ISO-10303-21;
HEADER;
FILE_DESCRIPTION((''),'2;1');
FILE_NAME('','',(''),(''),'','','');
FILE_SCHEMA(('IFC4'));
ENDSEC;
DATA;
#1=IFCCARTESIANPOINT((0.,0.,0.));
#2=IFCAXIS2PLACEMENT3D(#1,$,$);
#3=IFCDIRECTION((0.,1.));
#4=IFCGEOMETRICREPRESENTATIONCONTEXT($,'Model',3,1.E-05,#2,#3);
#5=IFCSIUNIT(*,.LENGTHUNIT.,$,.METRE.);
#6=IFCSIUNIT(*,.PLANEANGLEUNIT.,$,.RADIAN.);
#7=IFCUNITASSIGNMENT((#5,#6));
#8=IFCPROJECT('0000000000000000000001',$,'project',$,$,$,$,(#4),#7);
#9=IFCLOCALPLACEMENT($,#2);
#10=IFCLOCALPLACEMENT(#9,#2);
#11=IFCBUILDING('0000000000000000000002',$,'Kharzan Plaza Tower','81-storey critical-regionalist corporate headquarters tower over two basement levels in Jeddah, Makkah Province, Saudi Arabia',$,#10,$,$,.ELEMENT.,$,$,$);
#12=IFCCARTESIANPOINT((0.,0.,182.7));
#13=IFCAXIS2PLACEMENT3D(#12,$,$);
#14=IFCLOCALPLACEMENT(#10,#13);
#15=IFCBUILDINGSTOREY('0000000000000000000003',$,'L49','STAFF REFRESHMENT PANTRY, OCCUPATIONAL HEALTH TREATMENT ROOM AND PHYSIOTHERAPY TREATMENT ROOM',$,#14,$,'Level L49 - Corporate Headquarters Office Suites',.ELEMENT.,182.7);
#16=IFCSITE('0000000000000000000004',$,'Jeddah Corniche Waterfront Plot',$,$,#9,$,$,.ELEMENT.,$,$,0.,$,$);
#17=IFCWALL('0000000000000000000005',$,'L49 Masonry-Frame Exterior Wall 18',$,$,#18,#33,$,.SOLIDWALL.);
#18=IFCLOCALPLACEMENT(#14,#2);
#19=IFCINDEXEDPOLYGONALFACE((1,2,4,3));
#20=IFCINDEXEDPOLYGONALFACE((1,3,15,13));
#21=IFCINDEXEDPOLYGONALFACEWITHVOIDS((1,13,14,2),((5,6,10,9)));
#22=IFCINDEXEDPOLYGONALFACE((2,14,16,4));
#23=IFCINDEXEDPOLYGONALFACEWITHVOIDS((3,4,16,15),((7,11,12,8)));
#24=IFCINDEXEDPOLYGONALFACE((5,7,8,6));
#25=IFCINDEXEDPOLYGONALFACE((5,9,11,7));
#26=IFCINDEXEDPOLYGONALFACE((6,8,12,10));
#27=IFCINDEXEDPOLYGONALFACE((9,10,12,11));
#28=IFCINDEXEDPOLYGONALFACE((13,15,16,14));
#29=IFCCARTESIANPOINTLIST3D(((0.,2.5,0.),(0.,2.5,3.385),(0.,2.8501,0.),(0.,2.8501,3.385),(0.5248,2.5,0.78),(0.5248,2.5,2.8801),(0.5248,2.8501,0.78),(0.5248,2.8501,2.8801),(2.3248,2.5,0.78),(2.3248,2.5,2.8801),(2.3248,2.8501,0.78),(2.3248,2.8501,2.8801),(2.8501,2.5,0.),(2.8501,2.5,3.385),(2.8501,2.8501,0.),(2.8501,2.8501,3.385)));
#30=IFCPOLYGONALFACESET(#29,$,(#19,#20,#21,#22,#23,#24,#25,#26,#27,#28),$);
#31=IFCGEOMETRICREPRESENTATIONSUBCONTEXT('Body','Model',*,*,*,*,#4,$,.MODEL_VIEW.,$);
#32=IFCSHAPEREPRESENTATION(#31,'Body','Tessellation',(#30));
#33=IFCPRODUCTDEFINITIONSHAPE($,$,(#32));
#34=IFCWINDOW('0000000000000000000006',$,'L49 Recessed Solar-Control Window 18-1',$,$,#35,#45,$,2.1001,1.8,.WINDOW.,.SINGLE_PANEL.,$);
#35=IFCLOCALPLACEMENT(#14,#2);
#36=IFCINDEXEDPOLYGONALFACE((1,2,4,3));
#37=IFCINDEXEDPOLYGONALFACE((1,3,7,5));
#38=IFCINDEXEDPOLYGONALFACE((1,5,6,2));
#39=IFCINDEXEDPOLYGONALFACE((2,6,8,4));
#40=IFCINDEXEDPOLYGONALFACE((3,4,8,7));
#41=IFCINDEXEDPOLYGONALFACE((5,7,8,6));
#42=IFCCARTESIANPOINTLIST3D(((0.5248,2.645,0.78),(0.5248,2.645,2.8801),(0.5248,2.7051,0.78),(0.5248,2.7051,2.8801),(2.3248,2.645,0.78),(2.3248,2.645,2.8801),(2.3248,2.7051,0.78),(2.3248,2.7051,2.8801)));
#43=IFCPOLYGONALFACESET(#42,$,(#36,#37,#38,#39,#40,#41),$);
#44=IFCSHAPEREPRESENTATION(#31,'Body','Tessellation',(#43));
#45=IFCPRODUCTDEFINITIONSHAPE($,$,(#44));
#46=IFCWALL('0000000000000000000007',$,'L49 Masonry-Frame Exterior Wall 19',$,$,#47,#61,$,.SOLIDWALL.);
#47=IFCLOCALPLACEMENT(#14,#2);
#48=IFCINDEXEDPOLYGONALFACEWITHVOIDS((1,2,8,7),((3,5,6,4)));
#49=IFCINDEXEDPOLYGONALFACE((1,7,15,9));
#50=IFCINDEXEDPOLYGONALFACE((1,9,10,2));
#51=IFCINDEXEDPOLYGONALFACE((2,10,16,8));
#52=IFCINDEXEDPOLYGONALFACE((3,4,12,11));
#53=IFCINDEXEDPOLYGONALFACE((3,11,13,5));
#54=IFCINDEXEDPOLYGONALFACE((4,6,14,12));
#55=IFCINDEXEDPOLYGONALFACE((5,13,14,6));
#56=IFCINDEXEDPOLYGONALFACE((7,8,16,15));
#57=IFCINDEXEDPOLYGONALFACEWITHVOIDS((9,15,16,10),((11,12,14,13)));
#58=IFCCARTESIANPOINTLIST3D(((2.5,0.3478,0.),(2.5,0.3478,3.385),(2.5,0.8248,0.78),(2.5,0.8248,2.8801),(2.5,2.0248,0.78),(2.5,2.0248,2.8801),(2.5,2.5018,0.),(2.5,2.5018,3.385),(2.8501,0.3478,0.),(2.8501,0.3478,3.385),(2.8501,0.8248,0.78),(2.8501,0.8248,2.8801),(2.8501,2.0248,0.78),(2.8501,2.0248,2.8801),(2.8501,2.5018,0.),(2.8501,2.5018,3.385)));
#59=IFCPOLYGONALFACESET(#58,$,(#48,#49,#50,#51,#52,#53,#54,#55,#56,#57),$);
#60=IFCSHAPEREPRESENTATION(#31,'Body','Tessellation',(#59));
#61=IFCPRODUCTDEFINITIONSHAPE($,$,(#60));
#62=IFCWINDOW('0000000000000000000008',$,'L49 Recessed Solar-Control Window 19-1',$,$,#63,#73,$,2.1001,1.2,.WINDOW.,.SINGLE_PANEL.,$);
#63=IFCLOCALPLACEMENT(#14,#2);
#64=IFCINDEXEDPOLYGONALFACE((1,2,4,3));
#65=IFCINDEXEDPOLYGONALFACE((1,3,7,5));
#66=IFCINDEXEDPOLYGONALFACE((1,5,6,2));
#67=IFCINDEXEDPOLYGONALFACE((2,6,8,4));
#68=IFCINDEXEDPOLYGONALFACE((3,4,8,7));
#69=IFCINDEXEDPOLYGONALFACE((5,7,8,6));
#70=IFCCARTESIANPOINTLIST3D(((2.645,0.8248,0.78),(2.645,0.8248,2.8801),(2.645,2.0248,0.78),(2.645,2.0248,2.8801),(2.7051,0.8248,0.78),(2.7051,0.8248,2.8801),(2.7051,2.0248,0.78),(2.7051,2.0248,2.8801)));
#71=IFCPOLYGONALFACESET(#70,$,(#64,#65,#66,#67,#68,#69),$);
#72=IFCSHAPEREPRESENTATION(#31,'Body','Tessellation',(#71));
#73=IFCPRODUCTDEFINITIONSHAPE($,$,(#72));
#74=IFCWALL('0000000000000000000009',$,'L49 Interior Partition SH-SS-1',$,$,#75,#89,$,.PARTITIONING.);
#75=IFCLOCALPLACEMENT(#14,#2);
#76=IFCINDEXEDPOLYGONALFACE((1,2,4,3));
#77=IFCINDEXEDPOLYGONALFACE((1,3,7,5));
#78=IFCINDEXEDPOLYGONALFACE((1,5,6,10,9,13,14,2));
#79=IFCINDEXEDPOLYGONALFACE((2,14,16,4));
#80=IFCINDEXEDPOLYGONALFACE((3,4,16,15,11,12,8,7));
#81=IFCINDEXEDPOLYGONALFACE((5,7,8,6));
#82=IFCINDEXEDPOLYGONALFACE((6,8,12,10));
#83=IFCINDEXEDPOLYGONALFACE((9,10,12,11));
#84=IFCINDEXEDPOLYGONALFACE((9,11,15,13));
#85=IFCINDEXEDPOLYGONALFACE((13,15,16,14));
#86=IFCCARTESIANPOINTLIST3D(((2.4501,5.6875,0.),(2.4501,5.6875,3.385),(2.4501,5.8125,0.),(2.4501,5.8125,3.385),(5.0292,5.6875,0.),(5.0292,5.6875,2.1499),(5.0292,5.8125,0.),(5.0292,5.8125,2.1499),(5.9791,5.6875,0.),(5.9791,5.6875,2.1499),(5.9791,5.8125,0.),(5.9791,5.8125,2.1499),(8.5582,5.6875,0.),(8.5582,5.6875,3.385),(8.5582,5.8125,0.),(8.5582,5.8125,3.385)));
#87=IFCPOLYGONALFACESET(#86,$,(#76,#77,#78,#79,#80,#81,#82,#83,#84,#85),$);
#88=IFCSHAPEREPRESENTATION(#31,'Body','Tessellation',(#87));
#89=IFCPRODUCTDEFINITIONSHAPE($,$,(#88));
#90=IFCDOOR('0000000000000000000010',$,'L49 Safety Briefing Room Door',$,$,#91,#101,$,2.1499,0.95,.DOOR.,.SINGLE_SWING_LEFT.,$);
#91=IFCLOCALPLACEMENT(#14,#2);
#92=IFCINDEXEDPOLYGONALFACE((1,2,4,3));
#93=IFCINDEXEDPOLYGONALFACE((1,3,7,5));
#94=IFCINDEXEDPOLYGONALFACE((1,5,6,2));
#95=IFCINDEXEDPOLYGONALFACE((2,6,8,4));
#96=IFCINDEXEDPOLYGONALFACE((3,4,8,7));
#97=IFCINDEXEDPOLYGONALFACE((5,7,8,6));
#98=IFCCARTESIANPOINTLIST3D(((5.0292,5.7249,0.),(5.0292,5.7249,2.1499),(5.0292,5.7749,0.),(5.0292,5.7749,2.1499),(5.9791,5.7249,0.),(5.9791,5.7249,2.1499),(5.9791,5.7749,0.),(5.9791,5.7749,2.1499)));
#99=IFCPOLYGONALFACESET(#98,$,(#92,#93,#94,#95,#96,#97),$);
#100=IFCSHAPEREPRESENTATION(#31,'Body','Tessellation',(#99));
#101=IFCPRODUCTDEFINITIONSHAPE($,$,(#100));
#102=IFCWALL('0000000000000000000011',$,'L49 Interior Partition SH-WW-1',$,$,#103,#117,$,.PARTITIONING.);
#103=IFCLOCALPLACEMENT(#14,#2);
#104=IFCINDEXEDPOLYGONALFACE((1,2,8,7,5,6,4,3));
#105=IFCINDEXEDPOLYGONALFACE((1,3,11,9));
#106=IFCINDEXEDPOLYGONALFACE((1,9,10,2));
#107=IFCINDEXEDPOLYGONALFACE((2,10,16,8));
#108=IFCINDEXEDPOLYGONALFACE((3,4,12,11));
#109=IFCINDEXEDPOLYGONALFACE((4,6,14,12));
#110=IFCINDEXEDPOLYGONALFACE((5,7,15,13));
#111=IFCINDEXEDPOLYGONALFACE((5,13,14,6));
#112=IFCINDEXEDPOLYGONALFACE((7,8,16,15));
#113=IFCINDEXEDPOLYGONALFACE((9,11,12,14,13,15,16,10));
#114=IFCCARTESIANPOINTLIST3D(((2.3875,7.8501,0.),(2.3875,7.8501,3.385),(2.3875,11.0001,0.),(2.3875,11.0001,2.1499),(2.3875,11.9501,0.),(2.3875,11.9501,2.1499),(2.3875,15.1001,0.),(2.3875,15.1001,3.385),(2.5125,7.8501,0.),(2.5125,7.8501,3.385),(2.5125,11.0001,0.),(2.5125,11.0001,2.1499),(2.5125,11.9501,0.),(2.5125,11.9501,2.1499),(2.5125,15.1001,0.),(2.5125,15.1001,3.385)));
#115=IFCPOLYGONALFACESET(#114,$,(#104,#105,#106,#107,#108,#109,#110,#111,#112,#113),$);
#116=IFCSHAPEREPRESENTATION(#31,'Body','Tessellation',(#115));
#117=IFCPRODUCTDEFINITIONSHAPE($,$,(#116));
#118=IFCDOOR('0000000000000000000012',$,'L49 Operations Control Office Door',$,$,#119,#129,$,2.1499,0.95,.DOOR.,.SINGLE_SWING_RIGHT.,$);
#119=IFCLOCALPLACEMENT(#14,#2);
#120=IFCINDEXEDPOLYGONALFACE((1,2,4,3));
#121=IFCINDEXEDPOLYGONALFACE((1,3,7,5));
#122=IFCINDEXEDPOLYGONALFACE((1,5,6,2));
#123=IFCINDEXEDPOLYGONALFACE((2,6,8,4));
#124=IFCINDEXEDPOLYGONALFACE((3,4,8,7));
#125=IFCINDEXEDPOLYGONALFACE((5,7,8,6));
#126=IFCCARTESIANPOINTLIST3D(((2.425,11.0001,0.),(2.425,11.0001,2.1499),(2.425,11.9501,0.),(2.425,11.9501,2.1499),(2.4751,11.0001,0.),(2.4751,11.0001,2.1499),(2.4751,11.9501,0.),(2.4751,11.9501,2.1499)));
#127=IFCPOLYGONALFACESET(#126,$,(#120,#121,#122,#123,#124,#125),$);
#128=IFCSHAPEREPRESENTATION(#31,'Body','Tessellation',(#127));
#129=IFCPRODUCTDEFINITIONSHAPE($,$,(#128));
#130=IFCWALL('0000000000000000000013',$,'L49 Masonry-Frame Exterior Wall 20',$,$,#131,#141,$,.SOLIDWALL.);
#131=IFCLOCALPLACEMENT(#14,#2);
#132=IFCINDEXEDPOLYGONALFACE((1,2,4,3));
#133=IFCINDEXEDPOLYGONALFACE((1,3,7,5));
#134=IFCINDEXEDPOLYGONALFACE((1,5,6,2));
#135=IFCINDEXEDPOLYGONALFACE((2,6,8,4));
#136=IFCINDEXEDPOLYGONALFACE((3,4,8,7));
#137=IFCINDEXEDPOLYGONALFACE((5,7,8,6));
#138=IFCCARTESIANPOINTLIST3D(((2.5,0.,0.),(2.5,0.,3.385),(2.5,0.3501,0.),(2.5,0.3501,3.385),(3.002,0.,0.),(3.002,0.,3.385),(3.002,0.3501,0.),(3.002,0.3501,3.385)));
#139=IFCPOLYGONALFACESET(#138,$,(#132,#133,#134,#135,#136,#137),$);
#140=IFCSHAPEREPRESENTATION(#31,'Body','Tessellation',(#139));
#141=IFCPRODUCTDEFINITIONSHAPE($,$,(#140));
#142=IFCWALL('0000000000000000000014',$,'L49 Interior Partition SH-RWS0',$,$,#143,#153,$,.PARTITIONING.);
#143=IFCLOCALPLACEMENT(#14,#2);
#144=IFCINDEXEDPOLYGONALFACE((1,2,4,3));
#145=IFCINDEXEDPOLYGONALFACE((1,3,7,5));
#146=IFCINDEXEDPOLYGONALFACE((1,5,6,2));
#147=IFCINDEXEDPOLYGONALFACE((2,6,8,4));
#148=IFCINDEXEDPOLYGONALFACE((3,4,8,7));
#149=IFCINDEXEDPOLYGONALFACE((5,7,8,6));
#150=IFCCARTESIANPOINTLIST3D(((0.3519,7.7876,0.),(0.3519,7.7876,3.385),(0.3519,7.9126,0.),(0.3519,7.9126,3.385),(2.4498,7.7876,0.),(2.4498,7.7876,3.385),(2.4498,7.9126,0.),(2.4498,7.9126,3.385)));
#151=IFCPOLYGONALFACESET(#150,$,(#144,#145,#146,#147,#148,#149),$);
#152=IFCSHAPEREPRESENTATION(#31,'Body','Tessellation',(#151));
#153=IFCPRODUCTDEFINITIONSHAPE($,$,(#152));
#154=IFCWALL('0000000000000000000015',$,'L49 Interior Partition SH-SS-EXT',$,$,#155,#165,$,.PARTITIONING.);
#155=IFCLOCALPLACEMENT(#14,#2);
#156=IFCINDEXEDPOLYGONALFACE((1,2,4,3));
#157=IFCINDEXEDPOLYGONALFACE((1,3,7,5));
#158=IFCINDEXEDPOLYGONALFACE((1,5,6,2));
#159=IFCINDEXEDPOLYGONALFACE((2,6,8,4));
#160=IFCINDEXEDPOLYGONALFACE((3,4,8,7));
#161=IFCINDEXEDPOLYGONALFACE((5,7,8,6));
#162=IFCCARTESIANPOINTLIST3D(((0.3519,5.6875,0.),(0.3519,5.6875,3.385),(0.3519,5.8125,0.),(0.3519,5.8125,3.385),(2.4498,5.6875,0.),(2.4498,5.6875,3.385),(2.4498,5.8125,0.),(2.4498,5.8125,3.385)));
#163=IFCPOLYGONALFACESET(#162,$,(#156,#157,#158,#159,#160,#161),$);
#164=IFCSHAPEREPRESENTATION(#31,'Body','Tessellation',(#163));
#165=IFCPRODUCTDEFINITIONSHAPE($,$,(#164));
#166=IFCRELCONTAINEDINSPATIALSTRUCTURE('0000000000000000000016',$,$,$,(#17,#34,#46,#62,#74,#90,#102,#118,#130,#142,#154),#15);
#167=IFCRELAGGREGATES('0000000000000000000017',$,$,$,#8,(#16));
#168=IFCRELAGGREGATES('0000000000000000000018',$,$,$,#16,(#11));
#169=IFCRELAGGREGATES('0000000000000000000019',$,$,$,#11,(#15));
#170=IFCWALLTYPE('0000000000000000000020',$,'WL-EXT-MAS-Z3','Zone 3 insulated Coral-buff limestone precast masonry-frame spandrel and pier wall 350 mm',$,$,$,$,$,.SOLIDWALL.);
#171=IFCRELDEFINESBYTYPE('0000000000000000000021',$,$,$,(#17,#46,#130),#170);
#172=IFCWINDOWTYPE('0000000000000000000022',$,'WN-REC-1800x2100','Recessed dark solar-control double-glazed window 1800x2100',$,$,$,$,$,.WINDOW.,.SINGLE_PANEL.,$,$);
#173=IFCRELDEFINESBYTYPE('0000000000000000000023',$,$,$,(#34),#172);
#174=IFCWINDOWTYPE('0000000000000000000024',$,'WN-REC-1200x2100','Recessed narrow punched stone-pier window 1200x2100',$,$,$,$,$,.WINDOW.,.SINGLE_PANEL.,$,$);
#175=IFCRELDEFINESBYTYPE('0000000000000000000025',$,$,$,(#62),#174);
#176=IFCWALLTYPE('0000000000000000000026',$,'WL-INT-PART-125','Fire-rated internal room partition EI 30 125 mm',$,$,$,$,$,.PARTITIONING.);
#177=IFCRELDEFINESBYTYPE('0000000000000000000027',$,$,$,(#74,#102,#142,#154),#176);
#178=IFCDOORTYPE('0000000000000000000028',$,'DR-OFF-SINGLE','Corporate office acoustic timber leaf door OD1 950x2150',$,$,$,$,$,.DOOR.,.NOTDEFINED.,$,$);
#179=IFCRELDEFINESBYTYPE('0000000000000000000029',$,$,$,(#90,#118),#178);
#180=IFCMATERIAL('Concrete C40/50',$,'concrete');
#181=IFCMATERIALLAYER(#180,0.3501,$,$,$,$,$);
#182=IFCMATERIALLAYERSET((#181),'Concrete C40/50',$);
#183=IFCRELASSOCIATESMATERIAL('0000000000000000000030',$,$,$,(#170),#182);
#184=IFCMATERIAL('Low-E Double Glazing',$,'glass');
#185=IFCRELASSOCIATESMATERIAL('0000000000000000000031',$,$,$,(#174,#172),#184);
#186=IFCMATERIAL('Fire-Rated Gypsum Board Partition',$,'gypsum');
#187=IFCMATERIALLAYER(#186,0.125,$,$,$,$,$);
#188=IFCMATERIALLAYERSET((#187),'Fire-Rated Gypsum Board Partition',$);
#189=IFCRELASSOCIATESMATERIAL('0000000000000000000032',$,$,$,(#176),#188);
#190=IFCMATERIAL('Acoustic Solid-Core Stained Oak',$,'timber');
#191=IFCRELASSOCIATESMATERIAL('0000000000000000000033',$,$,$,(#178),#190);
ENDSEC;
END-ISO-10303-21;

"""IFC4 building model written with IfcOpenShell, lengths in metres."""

from ifc_helpers import new_model, si_unit, direction, frame, frame_2d, origin, place, context, subcontext, project, spatial, rectangle, extrude, source, transform, mapped, material, layer, layer_set, type_object, element, fill, save


model = new_model("IFC4")

# Units and contexts
model_context = context("Model", 3, precision=1e-05, world=origin(), true_north=direction((0.0, 1.0)))
body_context = subcontext(model_context, "Body", "Model", "MODEL_VIEW")
ifc_project = project(units=[si_unit("LENGTHUNIT", "METRE"), si_unit("PLANEANGLEUNIT", "RADIAN")], contexts=[model_context])

# Site, building, storey
site_placement = place(None, origin())
site = spatial("IfcSite", under=ifc_project, at=site_placement, Name="Jeddah Corniche Waterfront Plot", CompositionType="ELEMENT", RefElevation=0.0)
building_placement = place(site_placement, origin())
building = spatial("IfcBuilding", under=site, at=building_placement, Name="Kharzan Plaza Tower", Description="81-storey critical-regionalist corporate headquarters tower over two basement levels in Jeddah, Makkah Province, Saudi Arabia", CompositionType="ELEMENT")
storey_placement = place(building_placement, frame((0.0, 0.0, 182.7)))
storey = spatial("IfcBuildingStorey", under=building, at=storey_placement, Name="L49", Description="STAFF REFRESHMENT PANTRY, OCCUPATIONAL HEALTH TREATMENT ROOM AND PHYSIOTHERAPY TREATMENT ROOM", LongName="Level L49 - Corporate Headquarters Office Suites", CompositionType="ELEMENT", Elevation=182.7)

# Shared definitions
ifc_material_1 = material(Name="Concrete C40/50", Category="concrete")

# Walls, openings, windows
ifc_layer_1 = layer(ifc_material_1, 0.3501)
ifc_layer_set_1 = layer_set([ifc_layer_1], Name="Concrete C40/50")
wall_type_1 = type_object("IfcWallType", Name="WL-EXT-MAS-Z3", Description="Zone 3 insulated Coral-buff limestone precast masonry-frame spandrel and pier wall 350 mm", PredefinedType="SOLIDWALL", material=ifc_layer_set_1)
ifc_material_2 = material(Name="Low-E Double Glazing", Category="glass")
window_type_1 = type_object("IfcWindowType", Name="WN-REC-1200x2100", Description="Recessed narrow punched stone-pier window 1200x2100", PartitioningType="SINGLE_PANEL", PredefinedType="WINDOW", material=ifc_material_2)
wall_1_placement = place(storey_placement, frame((0.0, 2.675, 0.0), z_axis=(0.0, 0.0, 1.0), x_axis=(1.0, 0.0, 0.0)))
wall_1 = element("IfcWall", 1, at=wall_1_placement, inside=storey, type_object=wall_type_1, Name="L49 Masonry-Frame Exterior Wall 18", PredefinedType="SOLIDWALL", context=body_context, shape_type="SweptSolid", body=[
    extrude(rectangle(XDim=2.8501, YDim=0.3501, at=frame_2d((1.425, 0.0))), origin(), (0.0, 0.0, 1.0), 3.385),
])
opening_1_placement = place(wall_1_placement, frame((0.5249, 0.0, 0.78)))
opening_1 = element("IfcOpeningElement", 2, at=opening_1_placement, cuts=wall_1, PredefinedType="OPENING", context=body_context, shape_type="SweptSolid", body=[
    extrude(rectangle(XDim=1.8, YDim=2.1001, at=frame_2d((0.8999, 1.05))), frame((0.0, 0.1851, 0.0), z_axis=(0.0, -1.0, 0.0), x_axis=(1.0, 0.0, 0.0)), (0.0, 0.0, 1.0), 0.3701),
])
window_type_2 = type_object("IfcWindowType", Name="WN-REC-1800x2100", Description="Recessed dark solar-control double-glazed window 1800x2100", PartitioningType="SINGLE_PANEL", PredefinedType="WINDOW", material=ifc_material_2)
shared_shape_1 = source(origin(), body_context, "Body", "SweptSolid", [
    extrude(rectangle(XDim=1.8, YDim=2.1001, at=frame_2d((0.8999, 1.05))), frame((0.0, 0.03, 0.0), z_axis=(0.0, -1.0, 0.0), x_axis=(1.0, 0.0, 0.0)), (0.0, 0.0, 1.0), 0.0601),
])
window_1_placement = place(opening_1_placement, origin())
window_1 = element("IfcWindow", 3, at=window_1_placement, inside=storey, type_object=window_type_2, Name="L49 Recessed Solar-Control Window 18-1", OverallHeight=2.1001, OverallWidth=1.8, PartitioningType="SINGLE_PANEL", PredefinedType="WINDOW", context=body_context, shape_type="MappedRepresentation", body=[
    mapped(shared_shape_1, transform((0.0, 0.0, 0.0), x_axis=(1.0, 0.0, 0.0), y_axis=(0.0, 1.0, 0.0), z_axis=(0.0, 0.0, 1.0))),
])
fill(opening_1, window_1)
wall_2_placement = place(storey_placement, frame((2.675, 2.502, 0.0), z_axis=(0.0, 0.0, 1.0), x_axis=(0.0, -1.0, 0.0)))
wall_2 = element("IfcWall", 4, at=wall_2_placement, inside=storey, type_object=wall_type_1, Name="L49 Masonry-Frame Exterior Wall 19", PredefinedType="SOLIDWALL", context=body_context, shape_type="SweptSolid", body=[
    extrude(rectangle(XDim=2.1541, YDim=0.3501, at=frame_2d((1.0771, 0.0))), origin(), (0.0, 0.0, 1.0), 3.385),
])
opening_2_placement = place(wall_2_placement, frame((0.4771, 0.0, 0.78)))
opening_2 = element("IfcOpeningElement", 5, at=opening_2_placement, cuts=wall_2, PredefinedType="OPENING", context=body_context, shape_type="SweptSolid", body=[
    extrude(rectangle(XDim=1.2, YDim=2.1001, at=frame_2d((0.6001, 1.05))), frame((0.0, 0.1851, 0.0), z_axis=(0.0, -1.0, 0.0), x_axis=(1.0, 0.0, 0.0)), (0.0, 0.0, 1.0), 0.3701),
])
shared_shape_2 = source(origin(), body_context, "Body", "SweptSolid", [
    extrude(rectangle(XDim=1.2, YDim=2.1001, at=frame_2d((0.6001, 1.05))), frame((0.0, 0.03, 0.0), z_axis=(0.0, -1.0, 0.0), x_axis=(1.0, 0.0, 0.0)), (0.0, 0.0, 1.0), 0.0601),
])
window_2_placement = place(opening_2_placement, origin())
window_2 = element("IfcWindow", 6, at=window_2_placement, inside=storey, type_object=window_type_1, Name="L49 Recessed Solar-Control Window 19-1", OverallHeight=2.1001, OverallWidth=1.2, PartitioningType="SINGLE_PANEL", PredefinedType="WINDOW", context=body_context, shape_type="MappedRepresentation", body=[
    mapped(shared_shape_2, transform((0.0, 0.0, 0.0), x_axis=(1.0, 0.0, 0.0), y_axis=(0.0, 1.0, 0.0), z_axis=(0.0, 0.0, 1.0))),
])
fill(opening_2, window_2)

# Walls, openings, doors
ifc_material_3 = material(Name="Fire-Rated Gypsum Board Partition", Category="gypsum")
ifc_layer_2 = layer(ifc_material_3, 0.125)
ifc_layer_set_2 = layer_set([ifc_layer_2], Name="Fire-Rated Gypsum Board Partition")
wall_type_2 = type_object("IfcWallType", Name="WL-INT-PART-125", Description="Fire-rated internal room partition EI 30 125 mm", PredefinedType="PARTITIONING", material=ifc_layer_set_2)
wall_3_placement = place(storey_placement, frame((2.45, 5.75, 0.0), z_axis=(0.0, 0.0, 1.0), x_axis=(1.0, 0.0, 0.0)))
wall_3 = element("IfcWall", 7, at=wall_3_placement, inside=storey, type_object=wall_type_2, Name="L49 Interior Partition SH-SS-1", PredefinedType="PARTITIONING", context=body_context, shape_type="SweptSolid", body=[
    extrude(rectangle(XDim=6.1082, YDim=0.125, at=frame_2d((3.0542, 0.0))), origin(), (0.0, 0.0, 1.0), 3.385),
])
opening_3_placement = place(wall_3_placement, frame((2.5791, 0.0, 0.0)))
opening_3 = element("IfcOpeningElement", 8, at=opening_3_placement, cuts=wall_3, PredefinedType="OPENING", context=body_context, shape_type="SweptSolid", body=[
    extrude(rectangle(XDim=0.95, YDim=2.1499, at=frame_2d((0.4751, 1.075))), frame((0.0, 0.0725, 0.0), z_axis=(0.0, -1.0, 0.0), x_axis=(1.0, 0.0, 0.0)), (0.0, 0.0, 1.0), 0.145),
])
ifc_material_4 = material(Name="Acoustic Solid-Core Stained Oak", Category="timber")
door_type = type_object("IfcDoorType", Name="DR-OFF-SINGLE", Description="Corporate office acoustic timber leaf door OD1 950x2150", OperationType="NOTDEFINED", PredefinedType="DOOR", material=ifc_material_4)
shared_shape_3 = source(origin(), body_context, "Body", "SweptSolid", [
    extrude(rectangle(XDim=0.95, YDim=2.1499, at=frame_2d((0.4751, 1.075))), frame((0.0, 0.0249, 0.0), z_axis=(0.0, -1.0, 0.0), x_axis=(1.0, 0.0, 0.0)), (0.0, 0.0, 1.0), 0.05),
])
door_1_placement = place(opening_3_placement, origin())
door_1 = element("IfcDoor", 9, at=door_1_placement, inside=storey, type_object=door_type, Name="L49 Safety Briefing Room Door", OperationType="SINGLE_SWING_LEFT", OverallHeight=2.1499, OverallWidth=0.95, PredefinedType="DOOR", context=body_context, shape_type="MappedRepresentation", body=[
    mapped(shared_shape_3, transform((0.0, 0.0, 0.0), x_axis=(1.0, 0.0, 0.0), y_axis=(0.0, 1.0, 0.0), z_axis=(0.0, 0.0, 1.0))),
])
fill(opening_3, door_1)
wall_4_placement = place(storey_placement, frame((2.45, 7.8501, 0.0), z_axis=(0.0, 0.0, 1.0), x_axis=(0.0, 1.0, 0.0)))
wall_4 = element("IfcWall", 10, at=wall_4_placement, inside=storey, type_object=wall_type_2, Name="L49 Interior Partition SH-WW-1", PredefinedType="PARTITIONING", context=body_context, shape_type="SweptSolid", body=[
    extrude(rectangle(XDim=7.25, YDim=0.125, at=frame_2d((3.625, 0.0))), origin(), (0.0, 0.0, 1.0), 3.385),
])
opening_4_placement = place(wall_4_placement, frame((3.1499, 0.0, 0.0)))
opening_4 = element("IfcOpeningElement", 11, at=opening_4_placement, cuts=wall_4, PredefinedType="OPENING", context=body_context, shape_type="SweptSolid", body=[
    extrude(rectangle(XDim=0.95, YDim=2.1499, at=frame_2d((0.4751, 1.075))), frame((0.0, 0.0725, 0.0), z_axis=(0.0, -1.0, 0.0), x_axis=(1.0, 0.0, 0.0)), (0.0, 0.0, 1.0), 0.145),
])
door_2_placement = place(opening_4_placement, origin())
door_2 = element("IfcDoor", 12, at=door_2_placement, inside=storey, type_object=door_type, Name="L49 Operations Control Office Door", OperationType="SINGLE_SWING_RIGHT", OverallHeight=2.1499, OverallWidth=0.95, PredefinedType="DOOR", context=body_context, shape_type="MappedRepresentation", body=[
    mapped(shared_shape_3, transform((0.0, 0.0, 0.0), x_axis=(1.0, 0.0, 0.0), y_axis=(0.0, 1.0, 0.0), z_axis=(0.0, 0.0, 1.0))),
])
fill(opening_4, door_2)

# Walls
shared_shape_4 = source(origin(), body_context, "Body", "SweptSolid", [
    extrude(rectangle(XDim=0.502, YDim=0.3501, at=frame_2d((0.251, 0.0))), origin(), (0.0, 0.0, 1.0), 3.385),
])
wall_5_placement = place(storey_placement, frame((2.5, 0.175, 0.0), z_axis=(0.0, 0.0, 1.0), x_axis=(1.0, 0.0, 0.0)))
element("IfcWall", 13, at=wall_5_placement, inside=storey, type_object=wall_type_1, Name="L49 Masonry-Frame Exterior Wall 20", PredefinedType="SOLIDWALL", context=body_context, shape_type="MappedRepresentation", body=[
    mapped(shared_shape_4, transform((0.0, 0.0, 0.0), x_axis=(1.0, 0.0, 0.0), y_axis=(0.0, 1.0, 0.0), z_axis=(0.0, 0.0, 1.0))),
])
shared_shape_5 = source(origin(), body_context, "Body", "SweptSolid", [
    extrude(rectangle(XDim=2.0979, YDim=0.125, at=frame_2d((1.0488, 0.0))), origin(), (0.0, 0.0, 1.0), 3.385),
])
for number, where, z_axis, x_axis, name in (
    (14, (0.3521, 7.8501, 0.0), (0.0, 0.0, 1.0), (1.0, 0.0, 0.0), "L49 Interior Partition SH-RWS0"),
    (15, (0.3521, 5.75, 0.0), (0.0, 0.0, 1.0), (1.0, 0.0, 0.0), "L49 Interior Partition SH-SS-EXT"),
):
    element("IfcWall", number, at=place(storey_placement, frame(where, z_axis=z_axis, x_axis=x_axis)), inside=storey, type_object=wall_type_2, Name=name, PredefinedType="PARTITIONING", context=body_context, shape_type="MappedRepresentation", body=[
        mapped(shared_shape_5, transform((0.0, 0.0, 0.0), x_axis=(1.0, 0.0, 0.0), y_axis=(0.0, 1.0, 0.0), z_axis=(0.0, 0.0, 1.0))),
    ])

save(model, "model.ifc")
